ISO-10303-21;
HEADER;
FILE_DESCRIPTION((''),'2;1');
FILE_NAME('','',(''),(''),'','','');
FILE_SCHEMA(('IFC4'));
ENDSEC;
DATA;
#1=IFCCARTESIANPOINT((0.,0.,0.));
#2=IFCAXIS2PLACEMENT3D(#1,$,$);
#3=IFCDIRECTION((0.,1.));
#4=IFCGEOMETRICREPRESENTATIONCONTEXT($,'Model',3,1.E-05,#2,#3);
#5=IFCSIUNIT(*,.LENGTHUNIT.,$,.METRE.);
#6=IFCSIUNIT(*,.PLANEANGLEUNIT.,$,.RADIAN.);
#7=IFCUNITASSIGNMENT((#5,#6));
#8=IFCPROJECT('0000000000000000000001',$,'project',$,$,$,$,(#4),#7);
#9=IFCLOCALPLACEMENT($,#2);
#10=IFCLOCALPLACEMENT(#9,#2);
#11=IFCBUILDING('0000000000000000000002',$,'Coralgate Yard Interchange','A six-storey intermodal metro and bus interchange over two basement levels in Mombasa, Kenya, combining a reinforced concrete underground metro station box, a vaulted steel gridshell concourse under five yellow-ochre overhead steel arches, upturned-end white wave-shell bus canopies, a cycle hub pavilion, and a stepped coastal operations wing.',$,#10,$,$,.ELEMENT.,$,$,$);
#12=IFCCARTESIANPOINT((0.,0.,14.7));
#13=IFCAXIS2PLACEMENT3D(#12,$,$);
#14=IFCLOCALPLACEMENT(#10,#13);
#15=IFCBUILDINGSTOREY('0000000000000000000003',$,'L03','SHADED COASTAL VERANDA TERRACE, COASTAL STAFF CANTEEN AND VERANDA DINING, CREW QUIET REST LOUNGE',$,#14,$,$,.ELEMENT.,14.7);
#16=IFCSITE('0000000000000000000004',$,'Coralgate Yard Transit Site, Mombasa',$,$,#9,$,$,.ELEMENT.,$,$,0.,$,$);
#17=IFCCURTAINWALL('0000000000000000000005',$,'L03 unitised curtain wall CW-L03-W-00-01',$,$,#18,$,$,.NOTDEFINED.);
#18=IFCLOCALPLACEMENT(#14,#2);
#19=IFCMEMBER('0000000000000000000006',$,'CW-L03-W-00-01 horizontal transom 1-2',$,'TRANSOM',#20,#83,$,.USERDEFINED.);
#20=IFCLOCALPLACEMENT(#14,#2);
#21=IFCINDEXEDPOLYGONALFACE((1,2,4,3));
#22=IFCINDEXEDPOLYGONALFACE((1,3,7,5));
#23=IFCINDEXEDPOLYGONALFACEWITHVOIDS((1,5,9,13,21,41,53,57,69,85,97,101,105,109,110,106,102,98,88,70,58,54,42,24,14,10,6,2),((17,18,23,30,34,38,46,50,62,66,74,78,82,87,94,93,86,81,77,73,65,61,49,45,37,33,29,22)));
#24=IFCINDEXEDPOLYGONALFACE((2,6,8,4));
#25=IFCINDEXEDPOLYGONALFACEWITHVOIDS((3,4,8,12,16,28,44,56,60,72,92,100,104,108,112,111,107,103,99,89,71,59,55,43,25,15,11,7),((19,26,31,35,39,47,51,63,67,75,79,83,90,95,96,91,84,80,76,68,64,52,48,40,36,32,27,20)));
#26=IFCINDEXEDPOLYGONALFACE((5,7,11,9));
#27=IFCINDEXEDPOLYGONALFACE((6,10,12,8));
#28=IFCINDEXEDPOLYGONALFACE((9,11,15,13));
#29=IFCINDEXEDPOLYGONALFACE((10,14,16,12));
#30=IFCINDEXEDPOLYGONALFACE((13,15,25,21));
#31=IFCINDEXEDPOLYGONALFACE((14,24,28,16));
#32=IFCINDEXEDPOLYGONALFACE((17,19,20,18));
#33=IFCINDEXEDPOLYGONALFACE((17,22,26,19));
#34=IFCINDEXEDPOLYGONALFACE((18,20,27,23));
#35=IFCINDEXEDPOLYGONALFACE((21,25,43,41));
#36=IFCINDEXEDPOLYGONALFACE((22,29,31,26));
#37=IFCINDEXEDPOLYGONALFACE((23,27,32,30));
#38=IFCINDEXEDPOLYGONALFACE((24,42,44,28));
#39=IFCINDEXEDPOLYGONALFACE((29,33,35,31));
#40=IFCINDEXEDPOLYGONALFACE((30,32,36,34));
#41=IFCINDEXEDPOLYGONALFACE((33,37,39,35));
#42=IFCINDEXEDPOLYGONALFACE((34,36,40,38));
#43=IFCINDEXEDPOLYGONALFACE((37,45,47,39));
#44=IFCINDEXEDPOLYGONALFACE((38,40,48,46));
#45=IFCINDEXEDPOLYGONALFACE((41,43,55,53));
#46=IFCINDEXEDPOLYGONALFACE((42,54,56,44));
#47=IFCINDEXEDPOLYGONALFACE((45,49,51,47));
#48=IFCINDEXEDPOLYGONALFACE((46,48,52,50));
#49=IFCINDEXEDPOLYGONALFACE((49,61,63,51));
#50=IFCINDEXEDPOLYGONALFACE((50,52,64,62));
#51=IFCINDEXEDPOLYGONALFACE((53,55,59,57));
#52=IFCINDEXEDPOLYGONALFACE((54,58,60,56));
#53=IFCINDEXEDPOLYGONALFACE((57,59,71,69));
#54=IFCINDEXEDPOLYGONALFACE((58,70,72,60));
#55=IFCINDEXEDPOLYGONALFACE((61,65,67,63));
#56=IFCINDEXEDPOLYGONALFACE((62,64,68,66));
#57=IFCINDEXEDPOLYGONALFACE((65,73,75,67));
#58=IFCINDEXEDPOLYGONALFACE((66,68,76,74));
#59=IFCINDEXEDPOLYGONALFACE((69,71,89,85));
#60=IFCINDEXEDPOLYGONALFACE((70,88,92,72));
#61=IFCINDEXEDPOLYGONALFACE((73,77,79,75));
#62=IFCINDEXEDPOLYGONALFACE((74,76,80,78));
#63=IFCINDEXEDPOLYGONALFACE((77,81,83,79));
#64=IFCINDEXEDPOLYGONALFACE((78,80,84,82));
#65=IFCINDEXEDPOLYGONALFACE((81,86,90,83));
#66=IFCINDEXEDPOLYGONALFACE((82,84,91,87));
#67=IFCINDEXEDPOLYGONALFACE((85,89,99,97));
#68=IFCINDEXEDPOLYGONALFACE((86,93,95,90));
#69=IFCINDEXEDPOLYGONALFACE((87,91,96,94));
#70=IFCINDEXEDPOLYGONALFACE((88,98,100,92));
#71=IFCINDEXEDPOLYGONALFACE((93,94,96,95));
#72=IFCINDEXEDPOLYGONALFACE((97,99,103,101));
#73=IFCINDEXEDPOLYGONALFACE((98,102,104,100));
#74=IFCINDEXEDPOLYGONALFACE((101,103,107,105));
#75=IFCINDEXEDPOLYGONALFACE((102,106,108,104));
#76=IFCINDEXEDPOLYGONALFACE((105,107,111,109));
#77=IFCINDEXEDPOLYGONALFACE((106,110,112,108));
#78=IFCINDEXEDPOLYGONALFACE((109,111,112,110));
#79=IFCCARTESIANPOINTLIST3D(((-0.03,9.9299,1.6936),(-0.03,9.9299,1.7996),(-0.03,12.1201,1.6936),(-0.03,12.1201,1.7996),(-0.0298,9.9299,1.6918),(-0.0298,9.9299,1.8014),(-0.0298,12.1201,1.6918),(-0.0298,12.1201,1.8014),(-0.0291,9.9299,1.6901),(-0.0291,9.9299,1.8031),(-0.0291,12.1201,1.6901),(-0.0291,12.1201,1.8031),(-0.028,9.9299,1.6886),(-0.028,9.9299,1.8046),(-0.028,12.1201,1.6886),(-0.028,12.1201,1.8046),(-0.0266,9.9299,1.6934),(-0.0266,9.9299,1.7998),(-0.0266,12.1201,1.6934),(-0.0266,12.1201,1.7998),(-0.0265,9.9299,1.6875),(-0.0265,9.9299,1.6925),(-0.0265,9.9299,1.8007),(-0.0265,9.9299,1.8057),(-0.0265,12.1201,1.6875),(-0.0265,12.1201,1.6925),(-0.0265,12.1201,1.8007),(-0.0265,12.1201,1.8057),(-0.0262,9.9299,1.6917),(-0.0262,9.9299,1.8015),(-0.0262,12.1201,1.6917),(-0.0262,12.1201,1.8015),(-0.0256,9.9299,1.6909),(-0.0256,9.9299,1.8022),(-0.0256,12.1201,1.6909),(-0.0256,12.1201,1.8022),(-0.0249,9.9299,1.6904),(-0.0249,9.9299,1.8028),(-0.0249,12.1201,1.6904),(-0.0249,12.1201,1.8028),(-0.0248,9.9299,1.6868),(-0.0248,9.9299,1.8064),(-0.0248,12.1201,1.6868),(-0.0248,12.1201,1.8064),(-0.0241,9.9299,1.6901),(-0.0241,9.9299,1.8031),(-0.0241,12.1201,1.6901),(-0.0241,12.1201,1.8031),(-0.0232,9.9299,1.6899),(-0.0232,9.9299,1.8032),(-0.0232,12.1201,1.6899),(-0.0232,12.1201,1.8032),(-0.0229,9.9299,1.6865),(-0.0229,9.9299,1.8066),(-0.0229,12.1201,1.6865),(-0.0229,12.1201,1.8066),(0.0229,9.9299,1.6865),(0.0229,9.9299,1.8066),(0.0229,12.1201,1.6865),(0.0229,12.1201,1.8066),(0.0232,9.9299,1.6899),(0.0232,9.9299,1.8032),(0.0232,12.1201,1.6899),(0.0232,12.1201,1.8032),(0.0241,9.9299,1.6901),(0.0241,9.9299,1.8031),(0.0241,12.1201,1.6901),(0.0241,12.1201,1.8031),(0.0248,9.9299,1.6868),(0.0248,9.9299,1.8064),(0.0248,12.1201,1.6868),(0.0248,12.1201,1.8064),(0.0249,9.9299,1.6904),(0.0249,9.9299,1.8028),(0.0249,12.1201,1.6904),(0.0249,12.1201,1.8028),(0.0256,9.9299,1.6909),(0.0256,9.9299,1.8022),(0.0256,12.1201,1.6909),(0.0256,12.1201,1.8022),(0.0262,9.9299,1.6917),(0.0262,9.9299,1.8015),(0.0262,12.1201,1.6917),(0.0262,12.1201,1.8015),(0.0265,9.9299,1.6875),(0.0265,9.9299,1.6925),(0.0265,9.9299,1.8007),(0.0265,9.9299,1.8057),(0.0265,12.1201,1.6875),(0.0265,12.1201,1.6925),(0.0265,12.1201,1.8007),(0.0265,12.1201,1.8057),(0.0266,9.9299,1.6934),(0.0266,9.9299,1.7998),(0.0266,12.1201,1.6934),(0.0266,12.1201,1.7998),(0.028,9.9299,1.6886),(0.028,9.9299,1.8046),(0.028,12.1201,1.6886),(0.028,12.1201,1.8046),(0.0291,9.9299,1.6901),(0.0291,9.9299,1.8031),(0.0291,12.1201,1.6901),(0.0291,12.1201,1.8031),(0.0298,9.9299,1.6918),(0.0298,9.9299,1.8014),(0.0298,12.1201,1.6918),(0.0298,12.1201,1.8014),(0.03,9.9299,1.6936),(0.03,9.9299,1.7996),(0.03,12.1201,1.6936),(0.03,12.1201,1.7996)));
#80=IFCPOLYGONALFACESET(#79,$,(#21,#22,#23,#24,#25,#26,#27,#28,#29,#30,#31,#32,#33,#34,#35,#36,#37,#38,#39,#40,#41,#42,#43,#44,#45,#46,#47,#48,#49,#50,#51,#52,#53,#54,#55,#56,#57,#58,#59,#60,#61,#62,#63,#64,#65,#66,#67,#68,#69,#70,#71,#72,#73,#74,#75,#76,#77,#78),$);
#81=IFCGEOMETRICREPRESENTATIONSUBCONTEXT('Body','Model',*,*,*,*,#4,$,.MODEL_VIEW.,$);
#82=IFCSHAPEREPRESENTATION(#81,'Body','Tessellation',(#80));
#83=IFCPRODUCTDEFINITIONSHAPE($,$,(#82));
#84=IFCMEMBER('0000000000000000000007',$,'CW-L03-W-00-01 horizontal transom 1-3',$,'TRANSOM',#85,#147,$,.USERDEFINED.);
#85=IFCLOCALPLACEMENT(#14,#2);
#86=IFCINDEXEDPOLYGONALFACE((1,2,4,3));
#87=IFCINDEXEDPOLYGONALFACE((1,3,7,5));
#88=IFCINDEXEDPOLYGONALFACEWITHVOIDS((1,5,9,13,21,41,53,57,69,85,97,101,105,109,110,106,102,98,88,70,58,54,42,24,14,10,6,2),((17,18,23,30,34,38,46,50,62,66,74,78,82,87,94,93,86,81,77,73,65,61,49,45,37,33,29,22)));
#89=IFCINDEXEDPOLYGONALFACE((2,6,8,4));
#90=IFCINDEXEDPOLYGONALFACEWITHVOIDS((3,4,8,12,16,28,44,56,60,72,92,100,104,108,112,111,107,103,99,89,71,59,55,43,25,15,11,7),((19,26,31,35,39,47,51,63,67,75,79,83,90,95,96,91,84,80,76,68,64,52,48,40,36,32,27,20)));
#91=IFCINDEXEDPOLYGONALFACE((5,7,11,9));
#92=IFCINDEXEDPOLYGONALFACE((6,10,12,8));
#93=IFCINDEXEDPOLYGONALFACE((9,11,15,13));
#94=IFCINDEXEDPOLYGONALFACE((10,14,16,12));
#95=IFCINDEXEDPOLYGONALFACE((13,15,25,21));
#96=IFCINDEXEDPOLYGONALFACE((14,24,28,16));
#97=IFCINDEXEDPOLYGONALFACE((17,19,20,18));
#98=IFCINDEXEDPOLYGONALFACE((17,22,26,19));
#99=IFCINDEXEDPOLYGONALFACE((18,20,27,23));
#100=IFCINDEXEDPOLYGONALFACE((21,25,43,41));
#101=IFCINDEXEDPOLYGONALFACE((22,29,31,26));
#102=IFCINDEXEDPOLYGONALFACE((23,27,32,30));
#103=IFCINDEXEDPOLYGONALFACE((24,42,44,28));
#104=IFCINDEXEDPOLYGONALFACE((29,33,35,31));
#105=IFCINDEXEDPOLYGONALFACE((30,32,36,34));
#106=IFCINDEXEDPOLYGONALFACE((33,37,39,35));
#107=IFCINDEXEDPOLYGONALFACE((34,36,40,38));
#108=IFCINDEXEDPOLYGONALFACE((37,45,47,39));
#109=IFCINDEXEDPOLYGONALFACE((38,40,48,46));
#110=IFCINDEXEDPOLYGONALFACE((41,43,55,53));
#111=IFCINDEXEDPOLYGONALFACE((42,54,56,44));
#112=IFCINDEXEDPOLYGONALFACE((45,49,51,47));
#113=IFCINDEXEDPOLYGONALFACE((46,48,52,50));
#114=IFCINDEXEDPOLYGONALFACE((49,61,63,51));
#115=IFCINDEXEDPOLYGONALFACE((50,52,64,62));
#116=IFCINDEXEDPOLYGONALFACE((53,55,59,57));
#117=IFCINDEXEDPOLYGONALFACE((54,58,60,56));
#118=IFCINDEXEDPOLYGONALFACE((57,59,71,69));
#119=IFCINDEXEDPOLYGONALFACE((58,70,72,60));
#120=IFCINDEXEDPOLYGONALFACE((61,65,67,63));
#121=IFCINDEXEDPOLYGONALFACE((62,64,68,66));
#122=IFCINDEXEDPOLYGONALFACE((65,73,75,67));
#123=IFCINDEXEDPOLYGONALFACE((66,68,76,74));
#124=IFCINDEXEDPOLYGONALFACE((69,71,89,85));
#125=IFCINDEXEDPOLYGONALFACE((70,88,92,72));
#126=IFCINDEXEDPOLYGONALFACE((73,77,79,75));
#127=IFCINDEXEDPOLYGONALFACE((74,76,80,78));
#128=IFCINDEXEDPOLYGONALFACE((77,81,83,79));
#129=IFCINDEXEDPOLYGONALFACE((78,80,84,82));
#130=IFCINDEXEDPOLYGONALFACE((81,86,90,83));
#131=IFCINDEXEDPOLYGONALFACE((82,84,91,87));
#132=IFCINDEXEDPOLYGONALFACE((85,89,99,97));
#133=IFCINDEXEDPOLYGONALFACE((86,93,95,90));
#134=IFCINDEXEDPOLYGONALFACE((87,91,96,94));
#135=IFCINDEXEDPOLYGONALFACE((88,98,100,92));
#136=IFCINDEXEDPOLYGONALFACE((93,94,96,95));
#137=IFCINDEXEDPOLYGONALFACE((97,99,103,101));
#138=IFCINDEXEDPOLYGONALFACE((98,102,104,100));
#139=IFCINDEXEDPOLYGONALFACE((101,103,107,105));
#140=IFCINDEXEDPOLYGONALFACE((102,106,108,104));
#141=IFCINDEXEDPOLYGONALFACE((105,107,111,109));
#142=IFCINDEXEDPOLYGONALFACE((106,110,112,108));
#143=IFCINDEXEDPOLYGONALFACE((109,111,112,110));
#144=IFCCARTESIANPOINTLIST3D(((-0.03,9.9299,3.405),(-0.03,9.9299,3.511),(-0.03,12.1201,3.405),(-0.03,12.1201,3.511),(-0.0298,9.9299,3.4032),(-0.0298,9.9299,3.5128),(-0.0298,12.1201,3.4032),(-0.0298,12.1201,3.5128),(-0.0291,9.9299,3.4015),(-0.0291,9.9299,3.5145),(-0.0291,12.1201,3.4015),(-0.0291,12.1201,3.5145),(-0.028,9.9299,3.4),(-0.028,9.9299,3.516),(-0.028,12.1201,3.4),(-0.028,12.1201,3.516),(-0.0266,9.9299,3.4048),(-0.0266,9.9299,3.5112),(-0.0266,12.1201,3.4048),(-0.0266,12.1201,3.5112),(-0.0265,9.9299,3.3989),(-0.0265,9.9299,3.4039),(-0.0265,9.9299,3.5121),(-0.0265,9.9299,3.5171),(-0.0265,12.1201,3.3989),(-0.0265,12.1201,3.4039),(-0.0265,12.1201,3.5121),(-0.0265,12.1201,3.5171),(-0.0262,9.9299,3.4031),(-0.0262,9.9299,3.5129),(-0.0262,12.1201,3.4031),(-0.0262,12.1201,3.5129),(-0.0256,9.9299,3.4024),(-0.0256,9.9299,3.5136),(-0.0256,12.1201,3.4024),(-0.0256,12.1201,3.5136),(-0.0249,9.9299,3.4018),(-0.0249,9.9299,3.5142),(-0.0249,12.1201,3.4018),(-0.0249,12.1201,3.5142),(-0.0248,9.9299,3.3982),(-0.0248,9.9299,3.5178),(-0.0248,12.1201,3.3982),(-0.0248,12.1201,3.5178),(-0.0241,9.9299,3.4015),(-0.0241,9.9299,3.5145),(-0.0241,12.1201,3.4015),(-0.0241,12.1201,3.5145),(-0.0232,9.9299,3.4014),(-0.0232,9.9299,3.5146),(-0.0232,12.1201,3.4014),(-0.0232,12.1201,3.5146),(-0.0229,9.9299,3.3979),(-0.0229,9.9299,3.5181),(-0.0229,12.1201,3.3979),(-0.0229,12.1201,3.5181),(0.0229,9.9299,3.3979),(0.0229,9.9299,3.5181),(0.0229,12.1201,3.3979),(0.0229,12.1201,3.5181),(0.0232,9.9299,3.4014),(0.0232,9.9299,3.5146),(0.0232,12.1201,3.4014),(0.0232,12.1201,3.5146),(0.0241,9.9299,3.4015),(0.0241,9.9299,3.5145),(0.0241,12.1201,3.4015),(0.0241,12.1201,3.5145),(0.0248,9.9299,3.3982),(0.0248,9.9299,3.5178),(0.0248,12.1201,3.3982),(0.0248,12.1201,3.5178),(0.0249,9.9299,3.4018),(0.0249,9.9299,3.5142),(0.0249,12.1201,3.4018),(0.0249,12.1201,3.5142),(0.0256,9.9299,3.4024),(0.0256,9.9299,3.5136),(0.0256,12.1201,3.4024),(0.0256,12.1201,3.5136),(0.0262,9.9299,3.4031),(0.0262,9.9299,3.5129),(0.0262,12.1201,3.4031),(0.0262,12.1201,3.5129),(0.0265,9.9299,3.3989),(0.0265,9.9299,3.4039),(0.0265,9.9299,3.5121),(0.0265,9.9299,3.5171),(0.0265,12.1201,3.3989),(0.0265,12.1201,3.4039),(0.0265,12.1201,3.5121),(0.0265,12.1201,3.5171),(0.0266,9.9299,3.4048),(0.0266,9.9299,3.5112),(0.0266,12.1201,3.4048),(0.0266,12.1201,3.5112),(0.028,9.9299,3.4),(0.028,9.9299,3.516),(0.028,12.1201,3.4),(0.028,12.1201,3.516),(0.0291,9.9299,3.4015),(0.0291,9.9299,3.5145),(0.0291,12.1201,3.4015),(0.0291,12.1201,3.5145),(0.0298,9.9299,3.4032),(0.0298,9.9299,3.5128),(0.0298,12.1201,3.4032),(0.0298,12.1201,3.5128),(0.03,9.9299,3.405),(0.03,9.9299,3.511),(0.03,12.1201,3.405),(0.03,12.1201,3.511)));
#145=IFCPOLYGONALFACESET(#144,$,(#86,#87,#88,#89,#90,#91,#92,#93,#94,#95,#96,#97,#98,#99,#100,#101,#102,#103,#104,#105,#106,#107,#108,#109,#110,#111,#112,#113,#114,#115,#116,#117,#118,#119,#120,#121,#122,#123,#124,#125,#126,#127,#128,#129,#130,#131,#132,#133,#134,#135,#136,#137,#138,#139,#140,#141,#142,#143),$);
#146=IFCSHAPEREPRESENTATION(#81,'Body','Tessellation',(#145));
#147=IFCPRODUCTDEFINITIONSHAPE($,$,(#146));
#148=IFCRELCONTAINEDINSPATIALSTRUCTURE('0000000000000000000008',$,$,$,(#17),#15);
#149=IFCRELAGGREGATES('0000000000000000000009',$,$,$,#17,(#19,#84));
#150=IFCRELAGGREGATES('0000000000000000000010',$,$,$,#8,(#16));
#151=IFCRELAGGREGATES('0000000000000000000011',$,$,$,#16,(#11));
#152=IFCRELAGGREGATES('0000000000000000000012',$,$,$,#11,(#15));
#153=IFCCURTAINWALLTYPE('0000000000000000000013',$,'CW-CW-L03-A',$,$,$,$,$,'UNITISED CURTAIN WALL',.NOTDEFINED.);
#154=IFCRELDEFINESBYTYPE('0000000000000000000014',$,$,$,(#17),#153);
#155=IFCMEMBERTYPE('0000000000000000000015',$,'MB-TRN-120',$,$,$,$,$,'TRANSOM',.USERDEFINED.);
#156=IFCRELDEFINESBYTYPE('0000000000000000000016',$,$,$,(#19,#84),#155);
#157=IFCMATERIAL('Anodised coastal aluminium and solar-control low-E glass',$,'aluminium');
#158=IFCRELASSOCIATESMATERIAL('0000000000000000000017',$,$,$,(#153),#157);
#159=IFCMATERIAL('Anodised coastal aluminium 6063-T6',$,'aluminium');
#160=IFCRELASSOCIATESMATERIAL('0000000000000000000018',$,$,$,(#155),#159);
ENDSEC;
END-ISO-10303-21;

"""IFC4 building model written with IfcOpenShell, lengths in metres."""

from ifc_helpers import new_model, si_unit, direction, frame, origin, origin_2d, place, context, subcontext, project, spatial, hollow_rectangle, extrude, material, material_profile, profile_set, type_object, element, aggregate, save


model = new_model("IFC4")

# Units and contexts
model_context = context("Model", 3, precision=1e-05, world=origin(), true_north=direction((0.0, 1.0)))
body_context = subcontext(model_context, "Body", "Model", "MODEL_VIEW")
ifc_project = project(units=[si_unit("LENGTHUNIT", "METRE"), si_unit("PLANEANGLEUNIT", "RADIAN")], contexts=[model_context])

# Site, building, storey
site_placement = place(None, origin())
site = spatial("IfcSite", under=ifc_project, at=site_placement, Name="Coralgate Yard Transit Site, Mombasa", CompositionType="ELEMENT", RefElevation=0.0)
building_placement = place(site_placement, origin())
building = spatial("IfcBuilding", under=site, at=building_placement, Name="Coralgate Yard Interchange", Description="A six-storey intermodal metro and bus interchange over two basement levels in Mombasa, Kenya, combining a reinforced concrete underground metro station box, a vaulted steel gridshell concourse under five yellow-ochre overhead steel arches, upturned-end white wave-shell bus canopies, a cycle hub pavilion, and a stepped coastal operations wing.", CompositionType="ELEMENT")
storey_placement = place(building_placement, frame((0.0, 0.0, 14.7)))
storey = spatial("IfcBuildingStorey", under=building, at=storey_placement, Name="L03", Description="SHADED COASTAL VERANDA TERRACE, COASTAL STAFF CANTEEN AND VERANDA DINING, CREW QUIET REST LOUNGE", CompositionType="ELEMENT", Elevation=14.7)

# Curtain wall, members
ifc_material_1 = material(Name="Anodised coastal aluminium and solar-control low-E glass", Category="aluminium")
curtain_wall_type = type_object("IfcCurtainWallType", Name="CW-CW-L03-A", ElementType="UNITISED CURTAIN WALL", PredefinedType="NOTDEFINED", material=ifc_material_1)
curtain_wall_placement = place(storey_placement, origin())
curtain_wall = element("IfcCurtainWall", 1, at=curtain_wall_placement, inside=storey, type_object=curtain_wall_type, Name="L03 unitised curtain wall CW-L03-W-00-01", PredefinedType="NOTDEFINED")
ifc_material_2 = material(Name="Anodised coastal aluminium 6063-T6", Category="aluminium")
ifc_material_profile_1 = material_profile(ifc_material_2, hollow_rectangle(XDim=0.0601, YDim=0.1201, WallThickness=0.0034, InnerFilletRadius=0.0034, OuterFilletRadius=0.0071, at=origin_2d()), Name="ALU 60x120x3.5")
ifc_profile_set_1 = profile_set([ifc_material_profile_1], Name="Anodised coastal aluminium 6063-T6")
member_type_1 = type_object("IfcMemberType", Name="MB-TRN-120", ElementType="TRANSOM", PredefinedType="USERDEFINED", material=ifc_profile_set_1)
member_1_placement = place(storey_placement, frame((0.0, 9.9299, 1.7466), z_axis=(0.0, 1.0, 0.0), x_axis=(-1.0, 0.0, 0.0)))
member_1 = element("IfcMember", 2, at=member_1_placement, type_object=member_type_1, Name="CW-L03-W-00-01 horizontal transom 1-2", ObjectType="TRANSOM", PredefinedType="USERDEFINED", context=body_context, shape_type="SweptSolid", body=[
    extrude(hollow_rectangle(XDim=0.0601, YDim=0.1201, WallThickness=0.0034, InnerFilletRadius=0.0034, OuterFilletRadius=0.0071, at=origin_2d()), origin(), (0.0, 0.0, 1.0), 2.1902),
])
member_2_placement = place(storey_placement, frame((0.0, 9.9299, 3.458), z_axis=(0.0, 1.0, 0.0), x_axis=(-1.0, 0.0, 0.0)))
member_2 = element("IfcMember", 3, at=member_2_placement, type_object=member_type_1, Name="CW-L03-W-00-01 horizontal transom 1-3", ObjectType="TRANSOM", PredefinedType="USERDEFINED", context=body_context, shape_type="SweptSolid", body=[
    extrude(hollow_rectangle(XDim=0.0601, YDim=0.1201, WallThickness=0.0034, InnerFilletRadius=0.0034, OuterFilletRadius=0.0071, at=origin_2d()), origin(), (0.0, 0.0, 1.0), 2.1902),
])
aggregate(curtain_wall, [member_1, member_2])

save(model, "model.ifc")
